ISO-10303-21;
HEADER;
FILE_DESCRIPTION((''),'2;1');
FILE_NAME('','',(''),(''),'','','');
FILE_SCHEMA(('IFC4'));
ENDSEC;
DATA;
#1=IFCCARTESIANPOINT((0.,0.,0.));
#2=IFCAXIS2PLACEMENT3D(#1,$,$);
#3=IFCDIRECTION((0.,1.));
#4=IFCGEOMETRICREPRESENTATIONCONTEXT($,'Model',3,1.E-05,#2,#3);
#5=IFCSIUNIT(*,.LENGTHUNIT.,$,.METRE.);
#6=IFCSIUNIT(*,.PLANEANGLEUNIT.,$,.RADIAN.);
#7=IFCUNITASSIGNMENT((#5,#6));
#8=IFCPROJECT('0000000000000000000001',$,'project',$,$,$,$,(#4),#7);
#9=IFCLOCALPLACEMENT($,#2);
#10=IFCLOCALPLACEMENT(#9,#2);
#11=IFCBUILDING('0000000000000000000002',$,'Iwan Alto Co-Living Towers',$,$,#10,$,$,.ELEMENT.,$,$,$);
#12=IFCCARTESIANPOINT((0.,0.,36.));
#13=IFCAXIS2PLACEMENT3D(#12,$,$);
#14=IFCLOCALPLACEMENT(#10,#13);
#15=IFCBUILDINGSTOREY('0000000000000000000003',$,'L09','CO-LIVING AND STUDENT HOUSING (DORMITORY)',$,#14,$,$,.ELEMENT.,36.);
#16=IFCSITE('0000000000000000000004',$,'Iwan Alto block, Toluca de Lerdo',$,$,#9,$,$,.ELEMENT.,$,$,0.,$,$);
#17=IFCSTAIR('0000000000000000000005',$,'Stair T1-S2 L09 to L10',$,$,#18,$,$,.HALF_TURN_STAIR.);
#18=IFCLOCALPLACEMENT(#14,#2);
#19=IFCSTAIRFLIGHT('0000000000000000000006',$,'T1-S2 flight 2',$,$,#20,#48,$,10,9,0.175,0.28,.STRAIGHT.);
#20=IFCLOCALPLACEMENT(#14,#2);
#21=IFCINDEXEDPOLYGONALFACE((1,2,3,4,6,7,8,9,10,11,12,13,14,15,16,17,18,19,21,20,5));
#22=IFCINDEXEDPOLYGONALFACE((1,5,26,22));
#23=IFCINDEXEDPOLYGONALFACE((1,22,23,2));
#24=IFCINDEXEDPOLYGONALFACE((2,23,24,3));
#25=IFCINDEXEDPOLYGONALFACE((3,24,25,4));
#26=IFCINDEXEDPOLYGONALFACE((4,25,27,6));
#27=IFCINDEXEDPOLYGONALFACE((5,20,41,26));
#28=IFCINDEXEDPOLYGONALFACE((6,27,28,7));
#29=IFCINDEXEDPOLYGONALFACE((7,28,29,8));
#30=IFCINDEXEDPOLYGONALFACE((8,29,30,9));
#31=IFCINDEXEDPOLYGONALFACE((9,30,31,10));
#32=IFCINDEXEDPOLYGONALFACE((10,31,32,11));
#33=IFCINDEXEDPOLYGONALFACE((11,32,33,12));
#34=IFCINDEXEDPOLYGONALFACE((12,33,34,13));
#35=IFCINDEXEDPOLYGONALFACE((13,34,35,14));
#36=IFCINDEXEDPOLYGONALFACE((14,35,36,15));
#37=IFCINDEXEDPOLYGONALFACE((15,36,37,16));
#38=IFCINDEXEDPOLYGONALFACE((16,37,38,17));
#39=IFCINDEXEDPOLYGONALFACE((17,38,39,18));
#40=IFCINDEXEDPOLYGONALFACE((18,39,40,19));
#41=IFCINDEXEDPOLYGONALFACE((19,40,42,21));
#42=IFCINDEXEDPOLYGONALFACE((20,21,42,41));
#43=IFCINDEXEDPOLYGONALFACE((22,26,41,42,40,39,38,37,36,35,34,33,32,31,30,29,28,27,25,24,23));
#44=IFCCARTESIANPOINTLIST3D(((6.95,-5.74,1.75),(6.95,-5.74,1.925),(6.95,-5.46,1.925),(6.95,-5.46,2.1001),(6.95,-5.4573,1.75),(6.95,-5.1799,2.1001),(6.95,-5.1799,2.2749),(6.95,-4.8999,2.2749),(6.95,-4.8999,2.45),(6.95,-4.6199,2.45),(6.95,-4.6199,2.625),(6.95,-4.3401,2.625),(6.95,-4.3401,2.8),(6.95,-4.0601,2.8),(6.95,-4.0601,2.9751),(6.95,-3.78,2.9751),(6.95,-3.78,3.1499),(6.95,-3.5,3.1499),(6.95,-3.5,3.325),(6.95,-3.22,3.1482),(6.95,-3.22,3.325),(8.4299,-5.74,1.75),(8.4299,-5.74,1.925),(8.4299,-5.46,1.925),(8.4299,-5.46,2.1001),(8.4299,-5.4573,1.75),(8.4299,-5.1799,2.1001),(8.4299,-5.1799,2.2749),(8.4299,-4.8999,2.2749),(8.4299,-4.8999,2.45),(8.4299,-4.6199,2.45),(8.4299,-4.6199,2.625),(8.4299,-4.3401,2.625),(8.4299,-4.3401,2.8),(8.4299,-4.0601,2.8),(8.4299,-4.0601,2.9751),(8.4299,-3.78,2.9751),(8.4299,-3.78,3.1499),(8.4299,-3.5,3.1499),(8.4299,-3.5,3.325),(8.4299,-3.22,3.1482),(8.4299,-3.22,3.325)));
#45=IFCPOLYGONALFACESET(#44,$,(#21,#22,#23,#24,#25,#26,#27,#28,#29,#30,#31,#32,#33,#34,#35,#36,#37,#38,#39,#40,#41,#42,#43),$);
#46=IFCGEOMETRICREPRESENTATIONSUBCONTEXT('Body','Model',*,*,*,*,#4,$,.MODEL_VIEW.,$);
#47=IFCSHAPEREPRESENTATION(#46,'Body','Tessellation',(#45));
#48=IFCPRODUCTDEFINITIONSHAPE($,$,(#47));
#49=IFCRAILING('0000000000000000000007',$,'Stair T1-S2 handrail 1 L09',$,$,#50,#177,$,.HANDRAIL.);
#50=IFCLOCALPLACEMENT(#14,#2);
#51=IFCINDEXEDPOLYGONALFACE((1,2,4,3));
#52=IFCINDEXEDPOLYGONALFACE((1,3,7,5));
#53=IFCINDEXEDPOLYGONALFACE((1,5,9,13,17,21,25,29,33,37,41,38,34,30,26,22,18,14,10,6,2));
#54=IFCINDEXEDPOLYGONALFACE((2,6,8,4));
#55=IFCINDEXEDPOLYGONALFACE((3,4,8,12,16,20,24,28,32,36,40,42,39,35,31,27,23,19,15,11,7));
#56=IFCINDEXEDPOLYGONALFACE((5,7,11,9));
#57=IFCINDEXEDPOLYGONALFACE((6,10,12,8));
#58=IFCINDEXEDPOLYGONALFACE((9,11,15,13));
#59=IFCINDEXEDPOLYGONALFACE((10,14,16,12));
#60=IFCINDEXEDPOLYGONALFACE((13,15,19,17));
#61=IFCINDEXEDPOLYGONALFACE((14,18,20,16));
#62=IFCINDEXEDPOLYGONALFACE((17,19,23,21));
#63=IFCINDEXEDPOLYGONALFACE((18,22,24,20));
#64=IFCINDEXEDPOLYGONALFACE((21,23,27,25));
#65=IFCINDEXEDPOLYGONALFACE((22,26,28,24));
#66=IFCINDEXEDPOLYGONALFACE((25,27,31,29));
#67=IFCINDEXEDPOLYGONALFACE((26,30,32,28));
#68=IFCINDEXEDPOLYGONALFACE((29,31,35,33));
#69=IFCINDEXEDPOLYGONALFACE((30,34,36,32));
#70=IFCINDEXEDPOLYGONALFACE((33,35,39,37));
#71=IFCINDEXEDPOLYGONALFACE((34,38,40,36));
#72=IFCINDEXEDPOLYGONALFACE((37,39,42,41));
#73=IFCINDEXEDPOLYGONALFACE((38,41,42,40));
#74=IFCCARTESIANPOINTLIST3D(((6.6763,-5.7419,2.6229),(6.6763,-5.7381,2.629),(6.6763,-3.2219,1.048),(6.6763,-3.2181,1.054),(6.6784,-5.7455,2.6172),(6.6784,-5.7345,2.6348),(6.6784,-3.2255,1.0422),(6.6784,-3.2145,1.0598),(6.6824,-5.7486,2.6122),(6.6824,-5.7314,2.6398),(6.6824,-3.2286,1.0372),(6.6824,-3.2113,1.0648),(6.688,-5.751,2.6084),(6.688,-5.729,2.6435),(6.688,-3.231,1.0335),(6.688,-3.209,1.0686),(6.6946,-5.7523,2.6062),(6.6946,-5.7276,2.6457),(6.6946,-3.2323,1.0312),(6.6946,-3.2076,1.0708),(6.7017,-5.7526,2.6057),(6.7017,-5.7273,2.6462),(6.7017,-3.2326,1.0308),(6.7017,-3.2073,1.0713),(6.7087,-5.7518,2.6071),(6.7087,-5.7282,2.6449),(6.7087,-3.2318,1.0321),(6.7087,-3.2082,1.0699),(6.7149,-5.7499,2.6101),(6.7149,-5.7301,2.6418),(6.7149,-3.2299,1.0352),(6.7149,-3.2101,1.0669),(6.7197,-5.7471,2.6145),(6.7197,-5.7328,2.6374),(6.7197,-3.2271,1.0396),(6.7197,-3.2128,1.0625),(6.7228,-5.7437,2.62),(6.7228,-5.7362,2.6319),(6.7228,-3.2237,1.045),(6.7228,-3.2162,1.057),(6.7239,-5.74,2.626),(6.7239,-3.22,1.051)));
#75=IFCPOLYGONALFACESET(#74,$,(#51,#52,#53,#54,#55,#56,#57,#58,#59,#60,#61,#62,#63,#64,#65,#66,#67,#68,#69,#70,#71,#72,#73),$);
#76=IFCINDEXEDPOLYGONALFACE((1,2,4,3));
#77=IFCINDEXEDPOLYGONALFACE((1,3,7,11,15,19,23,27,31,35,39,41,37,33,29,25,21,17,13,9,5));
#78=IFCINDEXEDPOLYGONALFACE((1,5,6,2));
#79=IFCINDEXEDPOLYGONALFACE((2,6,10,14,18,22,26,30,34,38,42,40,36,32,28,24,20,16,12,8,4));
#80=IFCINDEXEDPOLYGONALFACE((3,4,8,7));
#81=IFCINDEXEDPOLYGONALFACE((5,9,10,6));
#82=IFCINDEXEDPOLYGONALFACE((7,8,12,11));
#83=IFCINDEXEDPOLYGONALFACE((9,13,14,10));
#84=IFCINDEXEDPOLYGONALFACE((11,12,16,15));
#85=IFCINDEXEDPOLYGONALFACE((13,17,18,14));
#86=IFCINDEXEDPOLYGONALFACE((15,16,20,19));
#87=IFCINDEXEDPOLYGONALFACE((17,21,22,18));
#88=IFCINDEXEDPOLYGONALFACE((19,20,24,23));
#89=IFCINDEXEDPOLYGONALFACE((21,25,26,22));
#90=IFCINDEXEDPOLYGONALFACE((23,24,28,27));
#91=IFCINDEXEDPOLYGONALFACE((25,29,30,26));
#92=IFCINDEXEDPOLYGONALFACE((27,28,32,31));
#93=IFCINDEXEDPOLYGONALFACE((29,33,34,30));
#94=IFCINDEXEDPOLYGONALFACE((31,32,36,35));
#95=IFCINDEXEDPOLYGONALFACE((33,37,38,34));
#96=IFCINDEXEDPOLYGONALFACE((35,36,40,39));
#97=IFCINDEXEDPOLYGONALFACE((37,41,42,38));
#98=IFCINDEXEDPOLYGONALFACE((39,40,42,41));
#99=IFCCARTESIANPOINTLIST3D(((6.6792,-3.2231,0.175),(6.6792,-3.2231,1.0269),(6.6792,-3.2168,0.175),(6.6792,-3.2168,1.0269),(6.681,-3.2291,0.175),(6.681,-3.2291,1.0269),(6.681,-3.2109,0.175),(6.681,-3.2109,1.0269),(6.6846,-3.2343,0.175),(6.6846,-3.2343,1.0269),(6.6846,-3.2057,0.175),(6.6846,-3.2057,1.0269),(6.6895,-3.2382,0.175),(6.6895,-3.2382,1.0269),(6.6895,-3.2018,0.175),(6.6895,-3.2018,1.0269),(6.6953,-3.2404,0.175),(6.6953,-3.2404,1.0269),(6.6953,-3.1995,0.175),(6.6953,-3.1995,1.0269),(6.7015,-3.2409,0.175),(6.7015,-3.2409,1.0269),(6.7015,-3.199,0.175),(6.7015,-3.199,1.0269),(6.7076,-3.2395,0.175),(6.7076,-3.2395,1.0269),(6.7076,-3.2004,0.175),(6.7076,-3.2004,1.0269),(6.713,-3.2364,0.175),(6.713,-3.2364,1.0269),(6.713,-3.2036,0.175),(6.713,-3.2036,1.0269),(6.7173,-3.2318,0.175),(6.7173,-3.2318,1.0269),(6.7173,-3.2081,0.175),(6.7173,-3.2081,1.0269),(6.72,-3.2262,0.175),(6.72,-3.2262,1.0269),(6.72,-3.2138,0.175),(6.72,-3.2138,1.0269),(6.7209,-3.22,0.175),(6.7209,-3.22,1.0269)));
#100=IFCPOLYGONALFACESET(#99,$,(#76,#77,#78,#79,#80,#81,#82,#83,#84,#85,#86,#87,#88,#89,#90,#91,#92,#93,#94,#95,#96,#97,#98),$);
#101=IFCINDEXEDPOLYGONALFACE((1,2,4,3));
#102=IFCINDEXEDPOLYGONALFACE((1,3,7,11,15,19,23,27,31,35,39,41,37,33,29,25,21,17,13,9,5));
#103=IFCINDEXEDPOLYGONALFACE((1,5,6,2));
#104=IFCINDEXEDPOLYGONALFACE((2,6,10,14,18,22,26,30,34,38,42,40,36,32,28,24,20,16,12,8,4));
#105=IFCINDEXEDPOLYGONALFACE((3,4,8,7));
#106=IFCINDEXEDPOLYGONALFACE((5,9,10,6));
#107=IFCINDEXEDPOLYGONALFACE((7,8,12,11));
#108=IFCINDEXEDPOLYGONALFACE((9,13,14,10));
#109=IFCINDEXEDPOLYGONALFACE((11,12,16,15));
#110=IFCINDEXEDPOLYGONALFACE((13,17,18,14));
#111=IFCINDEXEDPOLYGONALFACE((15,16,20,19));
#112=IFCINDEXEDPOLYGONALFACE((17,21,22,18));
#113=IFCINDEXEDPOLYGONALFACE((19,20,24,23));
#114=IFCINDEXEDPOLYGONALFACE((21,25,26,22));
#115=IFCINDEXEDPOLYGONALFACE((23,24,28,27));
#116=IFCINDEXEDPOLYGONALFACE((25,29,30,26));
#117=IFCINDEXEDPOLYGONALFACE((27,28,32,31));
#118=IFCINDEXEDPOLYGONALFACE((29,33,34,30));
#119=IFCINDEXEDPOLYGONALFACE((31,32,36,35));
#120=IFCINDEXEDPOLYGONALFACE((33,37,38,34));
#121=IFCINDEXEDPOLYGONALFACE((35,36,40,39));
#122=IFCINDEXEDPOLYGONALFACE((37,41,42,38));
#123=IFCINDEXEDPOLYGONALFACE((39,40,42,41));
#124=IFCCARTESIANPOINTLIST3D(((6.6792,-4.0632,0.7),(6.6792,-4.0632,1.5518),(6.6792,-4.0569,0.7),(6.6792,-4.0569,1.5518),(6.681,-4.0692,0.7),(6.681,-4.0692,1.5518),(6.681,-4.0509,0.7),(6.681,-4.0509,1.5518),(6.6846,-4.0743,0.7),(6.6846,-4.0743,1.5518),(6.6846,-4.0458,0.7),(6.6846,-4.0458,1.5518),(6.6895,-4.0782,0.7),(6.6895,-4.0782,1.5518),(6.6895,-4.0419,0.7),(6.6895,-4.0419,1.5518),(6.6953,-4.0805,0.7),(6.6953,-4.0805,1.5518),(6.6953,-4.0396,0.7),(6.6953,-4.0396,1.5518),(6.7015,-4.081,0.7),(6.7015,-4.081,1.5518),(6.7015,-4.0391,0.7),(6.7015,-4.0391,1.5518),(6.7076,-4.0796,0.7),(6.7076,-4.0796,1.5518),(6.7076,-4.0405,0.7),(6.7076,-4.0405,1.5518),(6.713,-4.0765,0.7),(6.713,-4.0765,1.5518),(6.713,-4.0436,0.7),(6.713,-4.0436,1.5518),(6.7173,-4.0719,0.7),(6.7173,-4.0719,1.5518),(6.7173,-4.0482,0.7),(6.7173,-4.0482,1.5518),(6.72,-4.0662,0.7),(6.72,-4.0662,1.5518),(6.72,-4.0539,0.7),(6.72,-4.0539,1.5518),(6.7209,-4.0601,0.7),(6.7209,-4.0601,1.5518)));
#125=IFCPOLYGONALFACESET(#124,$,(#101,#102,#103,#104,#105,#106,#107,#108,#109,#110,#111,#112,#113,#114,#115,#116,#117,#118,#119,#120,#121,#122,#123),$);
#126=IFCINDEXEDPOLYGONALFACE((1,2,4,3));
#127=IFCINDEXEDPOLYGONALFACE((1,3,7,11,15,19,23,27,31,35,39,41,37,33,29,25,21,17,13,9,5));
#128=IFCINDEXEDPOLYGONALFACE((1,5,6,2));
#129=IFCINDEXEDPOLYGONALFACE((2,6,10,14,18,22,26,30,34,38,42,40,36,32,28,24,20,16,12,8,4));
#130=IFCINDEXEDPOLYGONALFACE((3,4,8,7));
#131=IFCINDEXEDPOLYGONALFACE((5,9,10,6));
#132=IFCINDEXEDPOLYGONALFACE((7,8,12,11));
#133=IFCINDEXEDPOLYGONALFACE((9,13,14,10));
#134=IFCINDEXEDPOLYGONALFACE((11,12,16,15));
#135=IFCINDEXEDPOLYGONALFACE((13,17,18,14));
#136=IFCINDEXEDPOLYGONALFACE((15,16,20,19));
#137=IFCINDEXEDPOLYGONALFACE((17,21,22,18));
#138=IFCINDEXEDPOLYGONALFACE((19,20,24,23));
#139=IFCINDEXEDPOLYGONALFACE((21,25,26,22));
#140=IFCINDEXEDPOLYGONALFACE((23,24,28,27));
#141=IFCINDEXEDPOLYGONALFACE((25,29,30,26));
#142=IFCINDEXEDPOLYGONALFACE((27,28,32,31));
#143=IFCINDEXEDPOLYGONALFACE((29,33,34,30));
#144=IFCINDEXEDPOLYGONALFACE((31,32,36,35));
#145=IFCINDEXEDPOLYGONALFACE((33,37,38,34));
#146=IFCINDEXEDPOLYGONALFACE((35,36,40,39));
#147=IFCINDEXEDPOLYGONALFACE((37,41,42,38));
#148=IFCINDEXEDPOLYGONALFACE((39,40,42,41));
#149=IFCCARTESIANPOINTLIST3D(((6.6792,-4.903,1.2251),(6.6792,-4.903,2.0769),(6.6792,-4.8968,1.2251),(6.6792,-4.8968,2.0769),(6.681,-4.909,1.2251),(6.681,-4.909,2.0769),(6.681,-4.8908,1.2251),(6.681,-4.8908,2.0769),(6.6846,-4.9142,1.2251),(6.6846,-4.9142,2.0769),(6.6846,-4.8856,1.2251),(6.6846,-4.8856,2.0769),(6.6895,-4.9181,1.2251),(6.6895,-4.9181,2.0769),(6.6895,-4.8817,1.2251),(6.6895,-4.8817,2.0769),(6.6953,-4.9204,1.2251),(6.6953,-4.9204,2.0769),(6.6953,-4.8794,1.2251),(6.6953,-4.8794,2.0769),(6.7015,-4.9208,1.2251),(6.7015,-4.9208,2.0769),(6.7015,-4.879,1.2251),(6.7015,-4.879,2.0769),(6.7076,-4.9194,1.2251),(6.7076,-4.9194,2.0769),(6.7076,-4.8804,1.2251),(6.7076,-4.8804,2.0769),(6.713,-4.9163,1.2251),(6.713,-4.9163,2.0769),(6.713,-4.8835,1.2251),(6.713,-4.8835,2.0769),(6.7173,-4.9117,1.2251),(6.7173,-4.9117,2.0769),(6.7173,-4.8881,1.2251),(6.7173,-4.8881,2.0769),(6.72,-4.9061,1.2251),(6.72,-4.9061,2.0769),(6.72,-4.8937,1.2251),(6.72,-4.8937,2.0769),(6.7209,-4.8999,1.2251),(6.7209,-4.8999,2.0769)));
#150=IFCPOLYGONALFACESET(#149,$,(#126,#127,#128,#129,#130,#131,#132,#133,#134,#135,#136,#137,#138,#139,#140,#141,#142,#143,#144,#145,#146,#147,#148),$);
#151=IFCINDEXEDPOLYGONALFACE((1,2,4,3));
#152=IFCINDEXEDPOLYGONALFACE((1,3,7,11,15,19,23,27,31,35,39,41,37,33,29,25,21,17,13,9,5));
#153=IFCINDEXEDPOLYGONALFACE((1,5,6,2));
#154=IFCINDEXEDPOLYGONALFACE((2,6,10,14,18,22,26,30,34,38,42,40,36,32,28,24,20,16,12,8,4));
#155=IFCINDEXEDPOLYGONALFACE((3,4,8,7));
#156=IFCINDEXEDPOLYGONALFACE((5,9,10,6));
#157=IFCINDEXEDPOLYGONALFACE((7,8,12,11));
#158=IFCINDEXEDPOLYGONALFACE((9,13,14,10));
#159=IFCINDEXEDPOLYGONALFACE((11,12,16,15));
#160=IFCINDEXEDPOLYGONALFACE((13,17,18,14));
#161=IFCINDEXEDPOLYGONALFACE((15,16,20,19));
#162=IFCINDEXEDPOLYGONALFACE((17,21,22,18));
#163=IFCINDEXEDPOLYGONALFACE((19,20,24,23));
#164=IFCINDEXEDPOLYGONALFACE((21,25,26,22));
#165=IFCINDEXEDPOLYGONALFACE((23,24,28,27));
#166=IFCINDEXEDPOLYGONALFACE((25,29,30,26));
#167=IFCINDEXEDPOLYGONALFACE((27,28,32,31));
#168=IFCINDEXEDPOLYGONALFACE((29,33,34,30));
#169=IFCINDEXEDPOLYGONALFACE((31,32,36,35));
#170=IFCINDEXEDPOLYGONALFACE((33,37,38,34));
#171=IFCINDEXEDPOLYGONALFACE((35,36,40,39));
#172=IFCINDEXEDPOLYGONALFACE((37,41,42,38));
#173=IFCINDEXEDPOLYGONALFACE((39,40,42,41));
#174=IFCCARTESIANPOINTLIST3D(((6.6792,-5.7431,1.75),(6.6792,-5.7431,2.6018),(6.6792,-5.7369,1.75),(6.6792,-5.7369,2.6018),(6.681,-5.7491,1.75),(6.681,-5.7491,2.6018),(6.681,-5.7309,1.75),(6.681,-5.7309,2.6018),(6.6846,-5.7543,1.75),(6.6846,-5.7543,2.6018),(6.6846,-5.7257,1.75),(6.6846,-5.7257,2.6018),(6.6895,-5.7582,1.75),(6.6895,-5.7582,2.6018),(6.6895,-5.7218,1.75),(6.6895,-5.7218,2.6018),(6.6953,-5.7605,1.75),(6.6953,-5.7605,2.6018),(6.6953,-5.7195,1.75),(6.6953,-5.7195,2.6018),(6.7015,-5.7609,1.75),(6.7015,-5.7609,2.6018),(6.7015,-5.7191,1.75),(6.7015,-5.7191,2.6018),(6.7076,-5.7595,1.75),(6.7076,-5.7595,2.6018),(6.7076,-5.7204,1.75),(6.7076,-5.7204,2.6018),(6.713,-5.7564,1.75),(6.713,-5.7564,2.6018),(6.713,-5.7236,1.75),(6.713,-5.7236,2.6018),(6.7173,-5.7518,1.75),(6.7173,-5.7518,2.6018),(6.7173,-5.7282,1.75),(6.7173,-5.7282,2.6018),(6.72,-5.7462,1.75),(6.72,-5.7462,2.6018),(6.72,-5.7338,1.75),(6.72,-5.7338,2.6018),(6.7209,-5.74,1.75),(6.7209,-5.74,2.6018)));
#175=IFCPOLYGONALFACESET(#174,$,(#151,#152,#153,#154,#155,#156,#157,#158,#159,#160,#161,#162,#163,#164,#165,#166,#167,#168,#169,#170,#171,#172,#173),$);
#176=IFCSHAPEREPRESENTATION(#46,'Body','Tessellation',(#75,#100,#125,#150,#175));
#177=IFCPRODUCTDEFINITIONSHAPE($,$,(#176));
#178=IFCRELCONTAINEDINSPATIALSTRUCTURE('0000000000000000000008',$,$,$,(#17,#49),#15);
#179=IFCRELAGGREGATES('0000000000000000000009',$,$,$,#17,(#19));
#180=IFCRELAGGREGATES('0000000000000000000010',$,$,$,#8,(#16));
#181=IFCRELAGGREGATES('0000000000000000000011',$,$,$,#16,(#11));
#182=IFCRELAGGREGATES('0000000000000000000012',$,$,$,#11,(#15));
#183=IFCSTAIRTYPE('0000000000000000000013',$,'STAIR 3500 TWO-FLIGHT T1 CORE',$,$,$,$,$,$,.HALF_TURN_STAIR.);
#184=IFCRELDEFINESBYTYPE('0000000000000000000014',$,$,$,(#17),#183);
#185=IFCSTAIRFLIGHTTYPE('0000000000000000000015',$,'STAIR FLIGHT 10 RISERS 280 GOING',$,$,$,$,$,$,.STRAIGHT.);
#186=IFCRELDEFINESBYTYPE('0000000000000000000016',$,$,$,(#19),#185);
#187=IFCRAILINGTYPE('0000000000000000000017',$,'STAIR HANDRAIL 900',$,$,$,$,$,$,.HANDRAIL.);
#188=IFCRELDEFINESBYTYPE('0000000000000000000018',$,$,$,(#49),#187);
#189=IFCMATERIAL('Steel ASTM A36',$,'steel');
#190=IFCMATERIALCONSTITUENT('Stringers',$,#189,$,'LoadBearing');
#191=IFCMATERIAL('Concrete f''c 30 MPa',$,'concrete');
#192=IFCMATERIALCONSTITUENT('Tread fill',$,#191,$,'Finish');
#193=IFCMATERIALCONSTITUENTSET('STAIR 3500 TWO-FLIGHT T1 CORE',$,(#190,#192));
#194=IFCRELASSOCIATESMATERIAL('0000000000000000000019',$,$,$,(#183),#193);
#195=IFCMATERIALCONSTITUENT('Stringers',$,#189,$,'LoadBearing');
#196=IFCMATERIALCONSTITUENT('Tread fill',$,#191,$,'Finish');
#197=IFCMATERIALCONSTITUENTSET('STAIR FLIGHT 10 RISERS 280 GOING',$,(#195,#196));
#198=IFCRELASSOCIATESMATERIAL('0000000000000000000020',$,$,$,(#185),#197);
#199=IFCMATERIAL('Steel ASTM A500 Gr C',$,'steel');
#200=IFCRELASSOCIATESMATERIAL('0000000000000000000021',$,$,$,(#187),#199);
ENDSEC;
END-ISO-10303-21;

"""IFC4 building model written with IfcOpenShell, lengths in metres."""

from ifc_helpers import new_model, si_unit, direction, frame, origin, origin_2d, place, context, subcontext, project, spatial, polyline, circle, outline, extrude, material, constituent, constituent_set, type_object, element, aggregate, save


model = new_model("IFC4")

# Units and contexts
model_context = context("Model", 3, precision=1e-05, world=origin(), true_north=direction((0.0, 1.0)))
body_context = subcontext(model_context, "Body", "Model", "MODEL_VIEW")
ifc_project = project(units=[si_unit("LENGTHUNIT", "METRE"), si_unit("PLANEANGLEUNIT", "RADIAN")], contexts=[model_context])

# Site, building, storey
site_placement = place(None, origin())
site = spatial("IfcSite", under=ifc_project, at=site_placement, Name="Iwan Alto block, Toluca de Lerdo", CompositionType="ELEMENT", RefElevation=0.0)
building_placement = place(site_placement, origin())
building = spatial("IfcBuilding", under=site, at=building_placement, Name="Iwan Alto Co-Living Towers", CompositionType="ELEMENT")
storey_placement = place(building_placement, frame((0.0, 0.0, 36.0)))
storey = spatial("IfcBuildingStorey", under=building, at=storey_placement, Name="L09", Description="CO-LIVING AND STUDENT HOUSING (DORMITORY)", CompositionType="ELEMENT", Elevation=36.0)

# Stair
ifc_material_1 = material(Name="Steel ASTM A36", Category="steel")
ifc_constituent_1 = constituent(ifc_material_1, Name="Stringers", Category="LoadBearing")
ifc_material_2 = material(Name="Concrete f'c 30 MPa", Category="concrete")
ifc_constituent_2 = constituent(ifc_material_2, Name="Tread fill", Category="Finish")
ifc_constituent_set_1 = constituent_set(constituents=[ifc_constituent_1, ifc_constituent_2], Name="STAIR 3500 TWO-FLIGHT T1 CORE")
stair_type = type_object("IfcStairType", Name="STAIR 3500 TWO-FLIGHT T1 CORE", PredefinedType="HALF_TURN_STAIR", material=ifc_constituent_set_1)
stair_1_placement = place(storey_placement, origin())
stair_1 = element("IfcStair", 1, at=stair_1_placement, inside=storey, type_object=stair_type, Name="Stair T1-S2 L09 to L10", PredefinedType="HALF_TURN_STAIR")

# Stair flight
ifc_constituent_3 = constituent(ifc_material_1, Name="Stringers", Category="LoadBearing")
ifc_constituent_4 = constituent(ifc_material_2, Name="Tread fill", Category="Finish")
ifc_constituent_set_2 = constituent_set(constituents=[ifc_constituent_3, ifc_constituent_4], Name="STAIR FLIGHT 10 RISERS 280 GOING")
stair_flight_type = type_object("IfcStairFlightType", Name="STAIR FLIGHT 10 RISERS 280 GOING", PredefinedType="STRAIGHT", material=ifc_constituent_set_2)
stair_flight_1_placement = place(storey_placement, frame((7.6899, -5.74, 1.75), z_axis=(0.0, 0.0, 1.0), x_axis=(0.0, 1.0, 0.0)))
stair_flight_1 = element("IfcStairFlight", 2, at=stair_flight_1_placement, type_object=stair_flight_type, Name="T1-S2 flight 2", NumberOfRisers=10, NumberOfTreads=9, PredefinedType="STRAIGHT", RiserHeight=0.175, TreadLength=0.28, context=body_context, shape_type="SweptSolid", body=[
    extrude(outline(polyline([(0.0, 0.0), (0.0, 0.175), (0.28, 0.175), (0.28, 0.3501), (0.5601, 0.3501), (0.5601, 0.5249), (0.8401, 0.5249), (0.8401, 0.7), (1.1201, 0.7), (1.1201, 0.875), (1.3999, 0.875), (1.3999, 1.05), (1.6799, 1.05), (1.6799, 1.2251), (1.96, 1.2251), (1.96, 1.3999), (2.24, 1.3999), (2.24, 1.575), (2.52, 1.575), (2.52, 1.75), (2.52, 1.3982), (0.2827, 0.0), (0.0, 0.0)])), frame((0.0, 0.74, 0.0), z_axis=(0.0, -1.0, 0.0), x_axis=(1.0, 0.0, 0.0)), (0.0, 0.0, 1.0), 1.48),
])
aggregate(stair_1, [stair_flight_1])

# Railing
ifc_material_3 = material(Name="Steel ASTM A500 Gr C", Category="steel")
railing_type_1 = type_object("IfcRailingType", Name="STAIR HANDRAIL 900", PredefinedType="HANDRAIL", material=ifc_material_3)
railing_1_placement = place(storey_placement, frame((6.7, -3.22, 0.175)))
element("IfcRailing", 3, at=railing_1_placement, inside=storey, type_object=railing_type_1, Name="Stair T1-S2 handrail 1 L09", PredefinedType="HANDRAIL", context=body_context, shape_type="SweptSolid", body=[
    extrude(circle(Radius=0.0239, at=origin_2d()), frame((0.0, 0.0, 0.876), z_axis=(0.0, -0.848008, 0.529984), x_axis=(1.0, 0.0, 0.0)), (0.0, 0.0, 1.0), 2.9717),
    extrude(circle(Radius=0.021, at=origin_2d()), origin(), (0.0, 0.0, 1.0), 0.8518),
    extrude(circle(Radius=0.021, at=origin_2d()), frame((0.0, -0.8401, 0.5249)), (0.0, 0.0, 1.0), 0.8518),
    extrude(circle(Radius=0.021, at=origin_2d()), frame((0.0, -1.6799, 1.05)), (0.0, 0.0, 1.0), 0.8518),
    extrude(circle(Radius=0.021, at=origin_2d()), frame((0.0, -2.52, 1.575)), (0.0, 0.0, 1.0), 0.8518),
])

save(model, "model.ifc")
